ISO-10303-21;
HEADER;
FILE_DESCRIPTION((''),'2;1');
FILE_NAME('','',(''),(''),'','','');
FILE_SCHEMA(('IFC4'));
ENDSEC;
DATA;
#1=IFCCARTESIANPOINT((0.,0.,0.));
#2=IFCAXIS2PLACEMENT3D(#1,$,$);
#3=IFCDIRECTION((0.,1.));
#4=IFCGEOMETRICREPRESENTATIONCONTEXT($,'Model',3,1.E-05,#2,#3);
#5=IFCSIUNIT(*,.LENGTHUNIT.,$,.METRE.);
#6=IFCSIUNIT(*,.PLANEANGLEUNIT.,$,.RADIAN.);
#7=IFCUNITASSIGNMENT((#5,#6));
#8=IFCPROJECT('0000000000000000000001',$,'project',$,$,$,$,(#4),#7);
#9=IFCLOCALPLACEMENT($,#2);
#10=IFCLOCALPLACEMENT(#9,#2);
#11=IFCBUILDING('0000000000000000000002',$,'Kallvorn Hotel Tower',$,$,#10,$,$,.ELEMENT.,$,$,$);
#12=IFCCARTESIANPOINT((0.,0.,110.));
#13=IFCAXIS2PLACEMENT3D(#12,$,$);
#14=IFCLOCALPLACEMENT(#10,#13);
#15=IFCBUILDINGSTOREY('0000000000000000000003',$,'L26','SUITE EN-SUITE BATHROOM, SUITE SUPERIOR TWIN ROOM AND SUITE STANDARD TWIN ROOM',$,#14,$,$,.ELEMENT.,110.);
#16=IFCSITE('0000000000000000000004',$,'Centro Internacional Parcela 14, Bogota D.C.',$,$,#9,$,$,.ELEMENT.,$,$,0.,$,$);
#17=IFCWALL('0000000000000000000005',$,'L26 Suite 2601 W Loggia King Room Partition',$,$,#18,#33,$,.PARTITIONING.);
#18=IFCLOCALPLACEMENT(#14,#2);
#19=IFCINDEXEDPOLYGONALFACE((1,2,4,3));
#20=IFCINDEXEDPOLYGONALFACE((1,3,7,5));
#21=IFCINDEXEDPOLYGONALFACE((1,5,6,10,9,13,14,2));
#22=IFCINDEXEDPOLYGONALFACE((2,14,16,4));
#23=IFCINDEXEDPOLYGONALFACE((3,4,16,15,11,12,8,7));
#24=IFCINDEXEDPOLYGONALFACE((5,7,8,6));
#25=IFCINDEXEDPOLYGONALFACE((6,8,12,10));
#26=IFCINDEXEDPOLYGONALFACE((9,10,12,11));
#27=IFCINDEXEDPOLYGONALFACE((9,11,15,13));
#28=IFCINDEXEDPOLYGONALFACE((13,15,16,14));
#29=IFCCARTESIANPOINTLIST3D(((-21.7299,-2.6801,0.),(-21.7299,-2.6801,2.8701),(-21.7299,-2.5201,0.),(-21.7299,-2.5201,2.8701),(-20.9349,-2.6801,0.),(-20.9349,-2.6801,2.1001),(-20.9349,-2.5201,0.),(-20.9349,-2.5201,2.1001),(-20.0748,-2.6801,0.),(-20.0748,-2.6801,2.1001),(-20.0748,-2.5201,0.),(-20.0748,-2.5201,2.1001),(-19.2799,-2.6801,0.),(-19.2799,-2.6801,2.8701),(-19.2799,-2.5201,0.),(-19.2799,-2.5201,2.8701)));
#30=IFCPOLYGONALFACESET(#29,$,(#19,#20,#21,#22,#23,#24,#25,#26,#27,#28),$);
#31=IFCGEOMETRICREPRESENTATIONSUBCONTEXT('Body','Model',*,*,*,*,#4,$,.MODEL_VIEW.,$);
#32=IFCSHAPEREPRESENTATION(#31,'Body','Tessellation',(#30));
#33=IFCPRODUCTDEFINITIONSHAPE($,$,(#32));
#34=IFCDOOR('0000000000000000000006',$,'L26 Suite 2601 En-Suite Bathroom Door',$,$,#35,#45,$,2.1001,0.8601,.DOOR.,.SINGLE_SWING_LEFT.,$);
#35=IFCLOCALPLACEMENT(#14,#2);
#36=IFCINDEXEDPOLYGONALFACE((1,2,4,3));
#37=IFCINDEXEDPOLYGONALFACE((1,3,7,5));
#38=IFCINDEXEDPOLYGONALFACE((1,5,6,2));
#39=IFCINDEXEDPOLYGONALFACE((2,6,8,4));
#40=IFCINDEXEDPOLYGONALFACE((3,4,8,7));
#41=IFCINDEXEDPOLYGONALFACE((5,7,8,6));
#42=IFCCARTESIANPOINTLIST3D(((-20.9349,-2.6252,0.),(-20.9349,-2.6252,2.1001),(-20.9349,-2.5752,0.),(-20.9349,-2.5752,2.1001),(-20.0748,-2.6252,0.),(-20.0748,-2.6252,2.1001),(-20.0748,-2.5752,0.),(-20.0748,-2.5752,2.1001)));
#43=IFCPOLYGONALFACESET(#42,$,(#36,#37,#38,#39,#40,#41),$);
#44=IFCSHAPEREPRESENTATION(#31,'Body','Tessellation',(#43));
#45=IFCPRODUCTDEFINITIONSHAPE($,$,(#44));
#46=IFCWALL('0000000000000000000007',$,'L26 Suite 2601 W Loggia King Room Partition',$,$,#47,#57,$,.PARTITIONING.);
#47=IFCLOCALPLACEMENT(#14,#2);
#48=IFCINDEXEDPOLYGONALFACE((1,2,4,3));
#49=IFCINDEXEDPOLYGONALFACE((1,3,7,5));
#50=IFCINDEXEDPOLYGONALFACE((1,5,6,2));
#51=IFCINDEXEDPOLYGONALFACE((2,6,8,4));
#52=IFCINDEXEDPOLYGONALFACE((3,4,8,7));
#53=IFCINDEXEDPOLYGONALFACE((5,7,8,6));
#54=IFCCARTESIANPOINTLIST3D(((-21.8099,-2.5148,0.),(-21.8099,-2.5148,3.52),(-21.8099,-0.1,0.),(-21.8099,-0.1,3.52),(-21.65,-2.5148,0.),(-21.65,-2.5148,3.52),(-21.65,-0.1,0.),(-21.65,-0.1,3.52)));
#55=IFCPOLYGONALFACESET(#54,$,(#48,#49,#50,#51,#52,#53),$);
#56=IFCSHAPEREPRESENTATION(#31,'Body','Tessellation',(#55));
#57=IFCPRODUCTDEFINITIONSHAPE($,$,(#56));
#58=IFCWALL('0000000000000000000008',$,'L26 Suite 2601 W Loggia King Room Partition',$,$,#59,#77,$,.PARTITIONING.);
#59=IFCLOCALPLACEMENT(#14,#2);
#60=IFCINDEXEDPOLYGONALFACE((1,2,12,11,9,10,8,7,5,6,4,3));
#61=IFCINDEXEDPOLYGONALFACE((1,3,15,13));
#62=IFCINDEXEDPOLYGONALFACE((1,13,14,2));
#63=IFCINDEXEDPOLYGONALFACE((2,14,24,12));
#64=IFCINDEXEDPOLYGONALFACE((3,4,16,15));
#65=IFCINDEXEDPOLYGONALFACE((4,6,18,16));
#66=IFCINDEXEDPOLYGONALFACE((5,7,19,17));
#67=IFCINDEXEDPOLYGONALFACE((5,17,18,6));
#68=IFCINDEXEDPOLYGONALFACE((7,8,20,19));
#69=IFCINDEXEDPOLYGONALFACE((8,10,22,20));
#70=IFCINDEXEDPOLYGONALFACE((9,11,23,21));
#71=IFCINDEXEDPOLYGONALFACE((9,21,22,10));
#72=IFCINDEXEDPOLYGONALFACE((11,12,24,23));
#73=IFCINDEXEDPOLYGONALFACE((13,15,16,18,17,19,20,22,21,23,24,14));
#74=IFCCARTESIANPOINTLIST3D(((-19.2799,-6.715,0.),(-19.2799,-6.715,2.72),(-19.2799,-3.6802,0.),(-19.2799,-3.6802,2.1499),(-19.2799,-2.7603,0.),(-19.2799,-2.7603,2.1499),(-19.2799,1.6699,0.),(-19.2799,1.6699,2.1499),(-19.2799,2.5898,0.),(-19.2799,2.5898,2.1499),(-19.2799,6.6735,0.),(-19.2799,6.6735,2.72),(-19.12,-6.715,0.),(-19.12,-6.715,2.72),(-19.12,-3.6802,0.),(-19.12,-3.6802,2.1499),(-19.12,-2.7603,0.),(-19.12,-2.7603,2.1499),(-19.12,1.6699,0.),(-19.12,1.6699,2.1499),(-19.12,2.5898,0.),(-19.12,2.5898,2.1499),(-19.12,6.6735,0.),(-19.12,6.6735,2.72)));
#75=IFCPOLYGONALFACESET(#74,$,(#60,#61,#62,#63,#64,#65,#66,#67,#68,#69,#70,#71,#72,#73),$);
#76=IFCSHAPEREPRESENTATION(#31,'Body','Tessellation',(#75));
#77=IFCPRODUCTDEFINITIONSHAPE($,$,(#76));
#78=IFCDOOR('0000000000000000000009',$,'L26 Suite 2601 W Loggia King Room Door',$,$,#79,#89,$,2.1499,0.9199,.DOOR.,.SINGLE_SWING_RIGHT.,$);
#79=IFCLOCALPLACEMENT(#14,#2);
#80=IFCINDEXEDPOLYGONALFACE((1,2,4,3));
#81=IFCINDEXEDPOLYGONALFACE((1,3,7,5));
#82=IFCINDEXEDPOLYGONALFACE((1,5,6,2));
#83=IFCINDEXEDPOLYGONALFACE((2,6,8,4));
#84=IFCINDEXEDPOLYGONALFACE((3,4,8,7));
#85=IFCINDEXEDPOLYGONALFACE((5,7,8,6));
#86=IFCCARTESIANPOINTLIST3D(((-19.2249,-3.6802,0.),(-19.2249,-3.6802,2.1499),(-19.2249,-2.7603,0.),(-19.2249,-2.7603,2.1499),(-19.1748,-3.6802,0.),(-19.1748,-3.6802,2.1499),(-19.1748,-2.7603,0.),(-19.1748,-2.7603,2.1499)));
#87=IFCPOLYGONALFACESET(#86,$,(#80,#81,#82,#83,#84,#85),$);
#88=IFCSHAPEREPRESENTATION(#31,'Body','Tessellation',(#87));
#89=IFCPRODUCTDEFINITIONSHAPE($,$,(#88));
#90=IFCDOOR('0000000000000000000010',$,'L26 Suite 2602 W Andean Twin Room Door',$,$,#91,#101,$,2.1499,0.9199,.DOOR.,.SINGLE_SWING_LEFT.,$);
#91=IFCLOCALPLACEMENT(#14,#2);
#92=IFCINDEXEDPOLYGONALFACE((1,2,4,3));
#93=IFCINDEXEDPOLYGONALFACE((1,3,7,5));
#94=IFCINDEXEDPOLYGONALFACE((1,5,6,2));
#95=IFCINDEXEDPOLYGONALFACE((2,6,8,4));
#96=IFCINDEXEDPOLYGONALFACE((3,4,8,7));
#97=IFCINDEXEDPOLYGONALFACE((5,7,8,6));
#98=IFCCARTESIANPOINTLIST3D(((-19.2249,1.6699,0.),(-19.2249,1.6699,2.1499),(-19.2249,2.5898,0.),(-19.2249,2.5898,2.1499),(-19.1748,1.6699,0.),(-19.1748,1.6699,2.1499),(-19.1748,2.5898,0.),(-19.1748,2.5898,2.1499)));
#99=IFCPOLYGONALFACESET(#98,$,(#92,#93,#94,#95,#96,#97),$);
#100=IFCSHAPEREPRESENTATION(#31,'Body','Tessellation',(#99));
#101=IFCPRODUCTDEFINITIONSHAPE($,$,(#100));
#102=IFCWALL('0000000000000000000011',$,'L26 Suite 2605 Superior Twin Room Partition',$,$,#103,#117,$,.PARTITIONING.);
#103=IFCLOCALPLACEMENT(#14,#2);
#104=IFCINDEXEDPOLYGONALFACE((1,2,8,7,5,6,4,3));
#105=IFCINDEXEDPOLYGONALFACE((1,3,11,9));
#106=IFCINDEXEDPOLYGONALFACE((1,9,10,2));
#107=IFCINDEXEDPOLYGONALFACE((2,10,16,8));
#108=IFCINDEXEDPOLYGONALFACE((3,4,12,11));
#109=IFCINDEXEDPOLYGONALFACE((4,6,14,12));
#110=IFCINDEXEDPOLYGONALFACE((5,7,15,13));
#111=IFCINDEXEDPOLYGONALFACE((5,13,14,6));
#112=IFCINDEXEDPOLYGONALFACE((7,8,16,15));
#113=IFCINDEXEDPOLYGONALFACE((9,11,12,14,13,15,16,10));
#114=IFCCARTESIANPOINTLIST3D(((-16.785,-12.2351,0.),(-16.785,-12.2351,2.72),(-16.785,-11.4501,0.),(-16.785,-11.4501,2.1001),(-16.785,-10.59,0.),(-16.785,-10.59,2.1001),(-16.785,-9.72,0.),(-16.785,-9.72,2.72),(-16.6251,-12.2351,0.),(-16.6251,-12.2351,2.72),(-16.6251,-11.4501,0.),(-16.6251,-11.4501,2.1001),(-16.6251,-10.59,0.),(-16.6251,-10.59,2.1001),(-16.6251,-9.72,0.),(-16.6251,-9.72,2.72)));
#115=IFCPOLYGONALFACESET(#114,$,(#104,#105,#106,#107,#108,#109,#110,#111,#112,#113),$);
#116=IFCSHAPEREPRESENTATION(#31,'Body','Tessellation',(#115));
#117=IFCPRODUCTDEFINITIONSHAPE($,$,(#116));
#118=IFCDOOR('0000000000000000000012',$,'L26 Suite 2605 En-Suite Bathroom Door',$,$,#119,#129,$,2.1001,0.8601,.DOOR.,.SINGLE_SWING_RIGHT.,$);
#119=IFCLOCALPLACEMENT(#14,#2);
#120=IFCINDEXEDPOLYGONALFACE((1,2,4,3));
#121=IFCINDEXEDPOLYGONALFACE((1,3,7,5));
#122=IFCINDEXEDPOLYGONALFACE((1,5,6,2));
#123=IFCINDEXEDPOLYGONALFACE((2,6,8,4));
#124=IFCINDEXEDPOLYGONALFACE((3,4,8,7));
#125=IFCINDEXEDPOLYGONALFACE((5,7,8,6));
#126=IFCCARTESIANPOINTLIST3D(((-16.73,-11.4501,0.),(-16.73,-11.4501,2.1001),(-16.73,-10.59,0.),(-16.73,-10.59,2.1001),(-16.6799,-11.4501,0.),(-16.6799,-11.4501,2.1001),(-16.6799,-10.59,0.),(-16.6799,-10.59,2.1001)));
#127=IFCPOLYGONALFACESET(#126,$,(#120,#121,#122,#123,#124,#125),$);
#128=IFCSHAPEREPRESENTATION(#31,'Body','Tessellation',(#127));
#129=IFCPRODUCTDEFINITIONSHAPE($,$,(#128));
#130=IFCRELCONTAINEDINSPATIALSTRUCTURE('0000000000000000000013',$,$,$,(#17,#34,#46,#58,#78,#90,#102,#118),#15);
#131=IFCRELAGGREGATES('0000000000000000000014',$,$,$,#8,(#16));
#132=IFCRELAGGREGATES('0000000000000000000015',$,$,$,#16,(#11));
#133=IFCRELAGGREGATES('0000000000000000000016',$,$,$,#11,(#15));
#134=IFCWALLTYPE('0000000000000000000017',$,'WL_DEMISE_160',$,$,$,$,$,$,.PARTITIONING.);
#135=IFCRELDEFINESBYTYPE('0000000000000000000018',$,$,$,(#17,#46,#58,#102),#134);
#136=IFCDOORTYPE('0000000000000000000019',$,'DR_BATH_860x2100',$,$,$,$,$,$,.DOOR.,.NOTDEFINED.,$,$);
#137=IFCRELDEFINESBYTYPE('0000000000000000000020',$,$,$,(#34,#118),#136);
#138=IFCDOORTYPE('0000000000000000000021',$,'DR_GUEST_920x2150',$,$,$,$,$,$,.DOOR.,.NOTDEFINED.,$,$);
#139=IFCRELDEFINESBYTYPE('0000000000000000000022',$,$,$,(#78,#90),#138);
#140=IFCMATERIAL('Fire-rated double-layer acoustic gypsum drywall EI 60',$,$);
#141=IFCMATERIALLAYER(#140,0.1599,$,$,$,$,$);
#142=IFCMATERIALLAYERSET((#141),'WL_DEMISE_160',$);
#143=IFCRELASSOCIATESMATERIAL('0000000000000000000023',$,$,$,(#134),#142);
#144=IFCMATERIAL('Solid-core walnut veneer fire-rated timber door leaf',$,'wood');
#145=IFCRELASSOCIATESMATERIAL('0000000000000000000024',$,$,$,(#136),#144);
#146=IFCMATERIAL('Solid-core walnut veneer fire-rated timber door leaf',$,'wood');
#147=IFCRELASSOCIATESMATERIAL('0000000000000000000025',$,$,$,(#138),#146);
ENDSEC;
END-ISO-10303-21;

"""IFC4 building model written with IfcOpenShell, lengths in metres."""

from ifc_helpers import new_model, si_unit, direction, frame, frame_2d, origin, place, context, subcontext, project, spatial, rectangle, extrude, material, layer, layer_set, type_object, element, fill, save


model = new_model("IFC4")

# Units and contexts
model_context = context("Model", 3, precision=1e-05, world=origin(), true_north=direction((0.0, 1.0)))
body_context = subcontext(model_context, "Body", "Model", "MODEL_VIEW")
ifc_project = project(units=[si_unit("LENGTHUNIT", "METRE"), si_unit("PLANEANGLEUNIT", "RADIAN")], contexts=[model_context])

# Site, building, storey
site_placement = place(None, origin())
site = spatial("IfcSite", under=ifc_project, at=site_placement, Name="Centro Internacional Parcela 14, Bogota D.C.", CompositionType="ELEMENT", RefElevation=0.0)
building_placement = place(site_placement, origin())
building = spatial("IfcBuilding", under=site, at=building_placement, Name="Kallvorn Hotel Tower", CompositionType="ELEMENT")
storey_placement = place(building_placement, frame((0.0, 0.0, 110.0)))
storey = spatial("IfcBuildingStorey", under=building, at=storey_placement, Name="L26", Description="SUITE EN-SUITE BATHROOM, SUITE SUPERIOR TWIN ROOM AND SUITE STANDARD TWIN ROOM", CompositionType="ELEMENT", Elevation=110.0)

# Shared definitions
ifc_material_1 = material(Name="Fire-rated double-layer acoustic gypsum drywall EI 60")
ifc_layer = layer(ifc_material_1, 0.1599)
ifc_layer_set = layer_set([ifc_layer], Name="WL_DEMISE_160")
wall_type = type_object("IfcWallType", Name="WL_DEMISE_160", PredefinedType="PARTITIONING", material=ifc_layer_set)

# Wall, opening, door
wall_1_placement = place(storey_placement, frame((-21.73, -2.6001, 0.0), z_axis=(0.0, 0.0, 1.0), x_axis=(1.0, 0.0, 0.0)))
wall_1 = element("IfcWall", 1, at=wall_1_placement, inside=storey, type_object=wall_type, Name="L26 Suite 2601 W Loggia King Room Partition", PredefinedType="PARTITIONING", context=body_context, shape_type="SweptSolid", body=[
    extrude(rectangle(XDim=2.45, YDim=0.1599, at=frame_2d((1.2251, 0.0))), origin(), (0.0, 0.0, 1.0), 2.8701),
])
opening_1_placement = place(wall_1_placement, frame((0.7949, 0.0, 0.0)))
opening_1 = element("IfcOpeningElement", 2, at=opening_1_placement, cuts=wall_1, PredefinedType="OPENING", context=body_context, shape_type="SweptSolid", body=[
    extrude(rectangle(XDim=0.8601, YDim=2.1001, at=frame_2d((0.4302, 1.05))), frame((0.0, 0.095, 0.0), z_axis=(0.0, -1.0, 0.0), x_axis=(1.0, 0.0, 0.0)), (0.0, 0.0, 1.0), 0.1899),
])
ifc_material_2 = material(Name="Solid-core walnut veneer fire-rated timber door leaf", Category="wood")
door_type_1 = type_object("IfcDoorType", Name="DR_BATH_860x2100", OperationType="NOTDEFINED", PredefinedType="DOOR", material=ifc_material_2)
door_1_placement = place(opening_1_placement, origin())
door_1 = element("IfcDoor", 3, at=door_1_placement, inside=storey, type_object=door_type_1, Name="L26 Suite 2601 En-Suite Bathroom Door", OperationType="SINGLE_SWING_LEFT", OverallHeight=2.1001, OverallWidth=0.8601, PredefinedType="DOOR", context=body_context, shape_type="SweptSolid", body=[
    extrude(rectangle(XDim=0.8601, YDim=2.1001, at=frame_2d((0.4302, 1.05))), frame((0.0, 0.0249, 0.0), z_axis=(0.0, -1.0, 0.0), x_axis=(1.0, 0.0, 0.0)), (0.0, 0.0, 1.0), 0.05),
])
fill(opening_1, door_1)

# Wall
wall_2_placement = place(storey_placement, frame((-21.73, -2.5149, 0.0), z_axis=(0.0, 0.0, 1.0), x_axis=(0.0, 1.0, 0.0)))
element("IfcWall", 4, at=wall_2_placement, inside=storey, type_object=wall_type, Name="L26 Suite 2601 W Loggia King Room Partition", PredefinedType="PARTITIONING", context=body_context, shape_type="SweptSolid", body=[
    extrude(rectangle(XDim=2.4148, YDim=0.1599, at=frame_2d((1.2075, 0.0))), origin(), (0.0, 0.0, 1.0), 3.52),
])

# Wall, openings, doors
wall_3_placement = place(storey_placement, frame((-19.2, -6.7151, 0.0), z_axis=(0.0, 0.0, 1.0), x_axis=(0.0, 1.0, 0.0)))
wall_3 = element("IfcWall", 5, at=wall_3_placement, inside=storey, type_object=wall_type, Name="L26 Suite 2601 W Loggia King Room Partition", PredefinedType="PARTITIONING", context=body_context, shape_type="SweptSolid", body=[
    extrude(rectangle(XDim=13.3884, YDim=0.1599, at=frame_2d((6.6943, 0.0))), origin(), (0.0, 0.0, 1.0), 2.72),
])
opening_2_placement = place(wall_3_placement, frame((3.0349, 0.0, 0.0)))
opening_2 = element("IfcOpeningElement", 6, at=opening_2_placement, cuts=wall_3, PredefinedType="OPENING", context=body_context, shape_type="SweptSolid", body=[
    extrude(rectangle(XDim=0.9199, YDim=2.1499, at=frame_2d((0.46, 1.075))), frame((0.0, 0.095, 0.0), z_axis=(0.0, -1.0, 0.0), x_axis=(1.0, 0.0, 0.0)), (0.0, 0.0, 1.0), 0.1899),
])
opening_3_placement = place(wall_3_placement, frame((8.385, 0.0, 0.0)))
opening_3 = element("IfcOpeningElement", 7, at=opening_3_placement, cuts=wall_3, PredefinedType="OPENING", context=body_context, shape_type="SweptSolid", body=[
    extrude(rectangle(XDim=0.9199, YDim=2.1499, at=frame_2d((0.46, 1.075))), frame((0.0, 0.095, 0.0), z_axis=(0.0, -1.0, 0.0), x_axis=(1.0, 0.0, 0.0)), (0.0, 0.0, 1.0), 0.1899),
])
ifc_material_3 = material(Name="Solid-core walnut veneer fire-rated timber door leaf", Category="wood")
door_type_2 = type_object("IfcDoorType", Name="DR_GUEST_920x2150", OperationType="NOTDEFINED", PredefinedType="DOOR", material=ifc_material_3)
door_2_placement = place(opening_2_placement, origin())
door_2 = element("IfcDoor", 8, at=door_2_placement, inside=storey, type_object=door_type_2, Name="L26 Suite 2601 W Loggia King Room Door", OperationType="SINGLE_SWING_RIGHT", OverallHeight=2.1499, OverallWidth=0.9199, PredefinedType="DOOR", context=body_context, shape_type="SweptSolid", body=[
    extrude(rectangle(XDim=0.9199, YDim=2.1499, at=frame_2d((0.46, 1.075))), frame((0.0, 0.0249, 0.0), z_axis=(0.0, -1.0, 0.0), x_axis=(1.0, 0.0, 0.0)), (0.0, 0.0, 1.0), 0.05),
])
fill(opening_2, door_2)
door_3_placement = place(opening_3_placement, origin())
door_3 = element("IfcDoor", 9, at=door_3_placement, inside=storey, type_object=door_type_2, Name="L26 Suite 2602 W Andean Twin Room Door", OperationType="SINGLE_SWING_LEFT", OverallHeight=2.1499, OverallWidth=0.9199, PredefinedType="DOOR", context=body_context, shape_type="SweptSolid", body=[
    extrude(rectangle(XDim=0.9199, YDim=2.1499, at=frame_2d((0.46, 1.075))), frame((0.0, 0.0249, 0.0), z_axis=(0.0, -1.0, 0.0), x_axis=(1.0, 0.0, 0.0)), (0.0, 0.0, 1.0), 0.05),
])
fill(opening_3, door_3)

# Wall, opening, door
wall_4_placement = place(storey_placement, frame((-16.7051, -12.2351, 0.0), z_axis=(0.0, 0.0, 1.0), x_axis=(0.0, 1.0, 0.0)))
wall_4 = element("IfcWall", 10, at=wall_4_placement, inside=storey, type_object=wall_type, Name="L26 Suite 2605 Superior Twin Room Partition", PredefinedType="PARTITIONING", context=body_context, shape_type="SweptSolid", body=[
    extrude(rectangle(XDim=2.5151, YDim=0.1599, at=frame_2d((1.2576, 0.0))), origin(), (0.0, 0.0, 1.0), 2.72),
])
opening_4_placement = place(wall_4_placement, frame((0.7849, 0.0, 0.0)))
opening_4 = element("IfcOpeningElement", 11, at=opening_4_placement, cuts=wall_4, PredefinedType="OPENING", context=body_context, shape_type="SweptSolid", body=[
    extrude(rectangle(XDim=0.8601, YDim=2.1001, at=frame_2d((0.4302, 1.05))), frame((0.0, 0.095, 0.0), z_axis=(0.0, -1.0, 0.0), x_axis=(1.0, 0.0, 0.0)), (0.0, 0.0, 1.0), 0.1899),
])
door_4_placement = place(opening_4_placement, origin())
door_4 = element("IfcDoor", 12, at=door_4_placement, inside=storey, type_object=door_type_1, Name="L26 Suite 2605 En-Suite Bathroom Door", OperationType="SINGLE_SWING_RIGHT", OverallHeight=2.1001, OverallWidth=0.8601, PredefinedType="DOOR", context=body_context, shape_type="SweptSolid", body=[
    extrude(rectangle(XDim=0.8601, YDim=2.1001, at=frame_2d((0.4302, 1.05))), frame((0.0, 0.0249, 0.0), z_axis=(0.0, -1.0, 0.0), x_axis=(1.0, 0.0, 0.0)), (0.0, 0.0, 1.0), 0.05),
])
fill(opening_4, door_4)

save(model, "model.ifc")
